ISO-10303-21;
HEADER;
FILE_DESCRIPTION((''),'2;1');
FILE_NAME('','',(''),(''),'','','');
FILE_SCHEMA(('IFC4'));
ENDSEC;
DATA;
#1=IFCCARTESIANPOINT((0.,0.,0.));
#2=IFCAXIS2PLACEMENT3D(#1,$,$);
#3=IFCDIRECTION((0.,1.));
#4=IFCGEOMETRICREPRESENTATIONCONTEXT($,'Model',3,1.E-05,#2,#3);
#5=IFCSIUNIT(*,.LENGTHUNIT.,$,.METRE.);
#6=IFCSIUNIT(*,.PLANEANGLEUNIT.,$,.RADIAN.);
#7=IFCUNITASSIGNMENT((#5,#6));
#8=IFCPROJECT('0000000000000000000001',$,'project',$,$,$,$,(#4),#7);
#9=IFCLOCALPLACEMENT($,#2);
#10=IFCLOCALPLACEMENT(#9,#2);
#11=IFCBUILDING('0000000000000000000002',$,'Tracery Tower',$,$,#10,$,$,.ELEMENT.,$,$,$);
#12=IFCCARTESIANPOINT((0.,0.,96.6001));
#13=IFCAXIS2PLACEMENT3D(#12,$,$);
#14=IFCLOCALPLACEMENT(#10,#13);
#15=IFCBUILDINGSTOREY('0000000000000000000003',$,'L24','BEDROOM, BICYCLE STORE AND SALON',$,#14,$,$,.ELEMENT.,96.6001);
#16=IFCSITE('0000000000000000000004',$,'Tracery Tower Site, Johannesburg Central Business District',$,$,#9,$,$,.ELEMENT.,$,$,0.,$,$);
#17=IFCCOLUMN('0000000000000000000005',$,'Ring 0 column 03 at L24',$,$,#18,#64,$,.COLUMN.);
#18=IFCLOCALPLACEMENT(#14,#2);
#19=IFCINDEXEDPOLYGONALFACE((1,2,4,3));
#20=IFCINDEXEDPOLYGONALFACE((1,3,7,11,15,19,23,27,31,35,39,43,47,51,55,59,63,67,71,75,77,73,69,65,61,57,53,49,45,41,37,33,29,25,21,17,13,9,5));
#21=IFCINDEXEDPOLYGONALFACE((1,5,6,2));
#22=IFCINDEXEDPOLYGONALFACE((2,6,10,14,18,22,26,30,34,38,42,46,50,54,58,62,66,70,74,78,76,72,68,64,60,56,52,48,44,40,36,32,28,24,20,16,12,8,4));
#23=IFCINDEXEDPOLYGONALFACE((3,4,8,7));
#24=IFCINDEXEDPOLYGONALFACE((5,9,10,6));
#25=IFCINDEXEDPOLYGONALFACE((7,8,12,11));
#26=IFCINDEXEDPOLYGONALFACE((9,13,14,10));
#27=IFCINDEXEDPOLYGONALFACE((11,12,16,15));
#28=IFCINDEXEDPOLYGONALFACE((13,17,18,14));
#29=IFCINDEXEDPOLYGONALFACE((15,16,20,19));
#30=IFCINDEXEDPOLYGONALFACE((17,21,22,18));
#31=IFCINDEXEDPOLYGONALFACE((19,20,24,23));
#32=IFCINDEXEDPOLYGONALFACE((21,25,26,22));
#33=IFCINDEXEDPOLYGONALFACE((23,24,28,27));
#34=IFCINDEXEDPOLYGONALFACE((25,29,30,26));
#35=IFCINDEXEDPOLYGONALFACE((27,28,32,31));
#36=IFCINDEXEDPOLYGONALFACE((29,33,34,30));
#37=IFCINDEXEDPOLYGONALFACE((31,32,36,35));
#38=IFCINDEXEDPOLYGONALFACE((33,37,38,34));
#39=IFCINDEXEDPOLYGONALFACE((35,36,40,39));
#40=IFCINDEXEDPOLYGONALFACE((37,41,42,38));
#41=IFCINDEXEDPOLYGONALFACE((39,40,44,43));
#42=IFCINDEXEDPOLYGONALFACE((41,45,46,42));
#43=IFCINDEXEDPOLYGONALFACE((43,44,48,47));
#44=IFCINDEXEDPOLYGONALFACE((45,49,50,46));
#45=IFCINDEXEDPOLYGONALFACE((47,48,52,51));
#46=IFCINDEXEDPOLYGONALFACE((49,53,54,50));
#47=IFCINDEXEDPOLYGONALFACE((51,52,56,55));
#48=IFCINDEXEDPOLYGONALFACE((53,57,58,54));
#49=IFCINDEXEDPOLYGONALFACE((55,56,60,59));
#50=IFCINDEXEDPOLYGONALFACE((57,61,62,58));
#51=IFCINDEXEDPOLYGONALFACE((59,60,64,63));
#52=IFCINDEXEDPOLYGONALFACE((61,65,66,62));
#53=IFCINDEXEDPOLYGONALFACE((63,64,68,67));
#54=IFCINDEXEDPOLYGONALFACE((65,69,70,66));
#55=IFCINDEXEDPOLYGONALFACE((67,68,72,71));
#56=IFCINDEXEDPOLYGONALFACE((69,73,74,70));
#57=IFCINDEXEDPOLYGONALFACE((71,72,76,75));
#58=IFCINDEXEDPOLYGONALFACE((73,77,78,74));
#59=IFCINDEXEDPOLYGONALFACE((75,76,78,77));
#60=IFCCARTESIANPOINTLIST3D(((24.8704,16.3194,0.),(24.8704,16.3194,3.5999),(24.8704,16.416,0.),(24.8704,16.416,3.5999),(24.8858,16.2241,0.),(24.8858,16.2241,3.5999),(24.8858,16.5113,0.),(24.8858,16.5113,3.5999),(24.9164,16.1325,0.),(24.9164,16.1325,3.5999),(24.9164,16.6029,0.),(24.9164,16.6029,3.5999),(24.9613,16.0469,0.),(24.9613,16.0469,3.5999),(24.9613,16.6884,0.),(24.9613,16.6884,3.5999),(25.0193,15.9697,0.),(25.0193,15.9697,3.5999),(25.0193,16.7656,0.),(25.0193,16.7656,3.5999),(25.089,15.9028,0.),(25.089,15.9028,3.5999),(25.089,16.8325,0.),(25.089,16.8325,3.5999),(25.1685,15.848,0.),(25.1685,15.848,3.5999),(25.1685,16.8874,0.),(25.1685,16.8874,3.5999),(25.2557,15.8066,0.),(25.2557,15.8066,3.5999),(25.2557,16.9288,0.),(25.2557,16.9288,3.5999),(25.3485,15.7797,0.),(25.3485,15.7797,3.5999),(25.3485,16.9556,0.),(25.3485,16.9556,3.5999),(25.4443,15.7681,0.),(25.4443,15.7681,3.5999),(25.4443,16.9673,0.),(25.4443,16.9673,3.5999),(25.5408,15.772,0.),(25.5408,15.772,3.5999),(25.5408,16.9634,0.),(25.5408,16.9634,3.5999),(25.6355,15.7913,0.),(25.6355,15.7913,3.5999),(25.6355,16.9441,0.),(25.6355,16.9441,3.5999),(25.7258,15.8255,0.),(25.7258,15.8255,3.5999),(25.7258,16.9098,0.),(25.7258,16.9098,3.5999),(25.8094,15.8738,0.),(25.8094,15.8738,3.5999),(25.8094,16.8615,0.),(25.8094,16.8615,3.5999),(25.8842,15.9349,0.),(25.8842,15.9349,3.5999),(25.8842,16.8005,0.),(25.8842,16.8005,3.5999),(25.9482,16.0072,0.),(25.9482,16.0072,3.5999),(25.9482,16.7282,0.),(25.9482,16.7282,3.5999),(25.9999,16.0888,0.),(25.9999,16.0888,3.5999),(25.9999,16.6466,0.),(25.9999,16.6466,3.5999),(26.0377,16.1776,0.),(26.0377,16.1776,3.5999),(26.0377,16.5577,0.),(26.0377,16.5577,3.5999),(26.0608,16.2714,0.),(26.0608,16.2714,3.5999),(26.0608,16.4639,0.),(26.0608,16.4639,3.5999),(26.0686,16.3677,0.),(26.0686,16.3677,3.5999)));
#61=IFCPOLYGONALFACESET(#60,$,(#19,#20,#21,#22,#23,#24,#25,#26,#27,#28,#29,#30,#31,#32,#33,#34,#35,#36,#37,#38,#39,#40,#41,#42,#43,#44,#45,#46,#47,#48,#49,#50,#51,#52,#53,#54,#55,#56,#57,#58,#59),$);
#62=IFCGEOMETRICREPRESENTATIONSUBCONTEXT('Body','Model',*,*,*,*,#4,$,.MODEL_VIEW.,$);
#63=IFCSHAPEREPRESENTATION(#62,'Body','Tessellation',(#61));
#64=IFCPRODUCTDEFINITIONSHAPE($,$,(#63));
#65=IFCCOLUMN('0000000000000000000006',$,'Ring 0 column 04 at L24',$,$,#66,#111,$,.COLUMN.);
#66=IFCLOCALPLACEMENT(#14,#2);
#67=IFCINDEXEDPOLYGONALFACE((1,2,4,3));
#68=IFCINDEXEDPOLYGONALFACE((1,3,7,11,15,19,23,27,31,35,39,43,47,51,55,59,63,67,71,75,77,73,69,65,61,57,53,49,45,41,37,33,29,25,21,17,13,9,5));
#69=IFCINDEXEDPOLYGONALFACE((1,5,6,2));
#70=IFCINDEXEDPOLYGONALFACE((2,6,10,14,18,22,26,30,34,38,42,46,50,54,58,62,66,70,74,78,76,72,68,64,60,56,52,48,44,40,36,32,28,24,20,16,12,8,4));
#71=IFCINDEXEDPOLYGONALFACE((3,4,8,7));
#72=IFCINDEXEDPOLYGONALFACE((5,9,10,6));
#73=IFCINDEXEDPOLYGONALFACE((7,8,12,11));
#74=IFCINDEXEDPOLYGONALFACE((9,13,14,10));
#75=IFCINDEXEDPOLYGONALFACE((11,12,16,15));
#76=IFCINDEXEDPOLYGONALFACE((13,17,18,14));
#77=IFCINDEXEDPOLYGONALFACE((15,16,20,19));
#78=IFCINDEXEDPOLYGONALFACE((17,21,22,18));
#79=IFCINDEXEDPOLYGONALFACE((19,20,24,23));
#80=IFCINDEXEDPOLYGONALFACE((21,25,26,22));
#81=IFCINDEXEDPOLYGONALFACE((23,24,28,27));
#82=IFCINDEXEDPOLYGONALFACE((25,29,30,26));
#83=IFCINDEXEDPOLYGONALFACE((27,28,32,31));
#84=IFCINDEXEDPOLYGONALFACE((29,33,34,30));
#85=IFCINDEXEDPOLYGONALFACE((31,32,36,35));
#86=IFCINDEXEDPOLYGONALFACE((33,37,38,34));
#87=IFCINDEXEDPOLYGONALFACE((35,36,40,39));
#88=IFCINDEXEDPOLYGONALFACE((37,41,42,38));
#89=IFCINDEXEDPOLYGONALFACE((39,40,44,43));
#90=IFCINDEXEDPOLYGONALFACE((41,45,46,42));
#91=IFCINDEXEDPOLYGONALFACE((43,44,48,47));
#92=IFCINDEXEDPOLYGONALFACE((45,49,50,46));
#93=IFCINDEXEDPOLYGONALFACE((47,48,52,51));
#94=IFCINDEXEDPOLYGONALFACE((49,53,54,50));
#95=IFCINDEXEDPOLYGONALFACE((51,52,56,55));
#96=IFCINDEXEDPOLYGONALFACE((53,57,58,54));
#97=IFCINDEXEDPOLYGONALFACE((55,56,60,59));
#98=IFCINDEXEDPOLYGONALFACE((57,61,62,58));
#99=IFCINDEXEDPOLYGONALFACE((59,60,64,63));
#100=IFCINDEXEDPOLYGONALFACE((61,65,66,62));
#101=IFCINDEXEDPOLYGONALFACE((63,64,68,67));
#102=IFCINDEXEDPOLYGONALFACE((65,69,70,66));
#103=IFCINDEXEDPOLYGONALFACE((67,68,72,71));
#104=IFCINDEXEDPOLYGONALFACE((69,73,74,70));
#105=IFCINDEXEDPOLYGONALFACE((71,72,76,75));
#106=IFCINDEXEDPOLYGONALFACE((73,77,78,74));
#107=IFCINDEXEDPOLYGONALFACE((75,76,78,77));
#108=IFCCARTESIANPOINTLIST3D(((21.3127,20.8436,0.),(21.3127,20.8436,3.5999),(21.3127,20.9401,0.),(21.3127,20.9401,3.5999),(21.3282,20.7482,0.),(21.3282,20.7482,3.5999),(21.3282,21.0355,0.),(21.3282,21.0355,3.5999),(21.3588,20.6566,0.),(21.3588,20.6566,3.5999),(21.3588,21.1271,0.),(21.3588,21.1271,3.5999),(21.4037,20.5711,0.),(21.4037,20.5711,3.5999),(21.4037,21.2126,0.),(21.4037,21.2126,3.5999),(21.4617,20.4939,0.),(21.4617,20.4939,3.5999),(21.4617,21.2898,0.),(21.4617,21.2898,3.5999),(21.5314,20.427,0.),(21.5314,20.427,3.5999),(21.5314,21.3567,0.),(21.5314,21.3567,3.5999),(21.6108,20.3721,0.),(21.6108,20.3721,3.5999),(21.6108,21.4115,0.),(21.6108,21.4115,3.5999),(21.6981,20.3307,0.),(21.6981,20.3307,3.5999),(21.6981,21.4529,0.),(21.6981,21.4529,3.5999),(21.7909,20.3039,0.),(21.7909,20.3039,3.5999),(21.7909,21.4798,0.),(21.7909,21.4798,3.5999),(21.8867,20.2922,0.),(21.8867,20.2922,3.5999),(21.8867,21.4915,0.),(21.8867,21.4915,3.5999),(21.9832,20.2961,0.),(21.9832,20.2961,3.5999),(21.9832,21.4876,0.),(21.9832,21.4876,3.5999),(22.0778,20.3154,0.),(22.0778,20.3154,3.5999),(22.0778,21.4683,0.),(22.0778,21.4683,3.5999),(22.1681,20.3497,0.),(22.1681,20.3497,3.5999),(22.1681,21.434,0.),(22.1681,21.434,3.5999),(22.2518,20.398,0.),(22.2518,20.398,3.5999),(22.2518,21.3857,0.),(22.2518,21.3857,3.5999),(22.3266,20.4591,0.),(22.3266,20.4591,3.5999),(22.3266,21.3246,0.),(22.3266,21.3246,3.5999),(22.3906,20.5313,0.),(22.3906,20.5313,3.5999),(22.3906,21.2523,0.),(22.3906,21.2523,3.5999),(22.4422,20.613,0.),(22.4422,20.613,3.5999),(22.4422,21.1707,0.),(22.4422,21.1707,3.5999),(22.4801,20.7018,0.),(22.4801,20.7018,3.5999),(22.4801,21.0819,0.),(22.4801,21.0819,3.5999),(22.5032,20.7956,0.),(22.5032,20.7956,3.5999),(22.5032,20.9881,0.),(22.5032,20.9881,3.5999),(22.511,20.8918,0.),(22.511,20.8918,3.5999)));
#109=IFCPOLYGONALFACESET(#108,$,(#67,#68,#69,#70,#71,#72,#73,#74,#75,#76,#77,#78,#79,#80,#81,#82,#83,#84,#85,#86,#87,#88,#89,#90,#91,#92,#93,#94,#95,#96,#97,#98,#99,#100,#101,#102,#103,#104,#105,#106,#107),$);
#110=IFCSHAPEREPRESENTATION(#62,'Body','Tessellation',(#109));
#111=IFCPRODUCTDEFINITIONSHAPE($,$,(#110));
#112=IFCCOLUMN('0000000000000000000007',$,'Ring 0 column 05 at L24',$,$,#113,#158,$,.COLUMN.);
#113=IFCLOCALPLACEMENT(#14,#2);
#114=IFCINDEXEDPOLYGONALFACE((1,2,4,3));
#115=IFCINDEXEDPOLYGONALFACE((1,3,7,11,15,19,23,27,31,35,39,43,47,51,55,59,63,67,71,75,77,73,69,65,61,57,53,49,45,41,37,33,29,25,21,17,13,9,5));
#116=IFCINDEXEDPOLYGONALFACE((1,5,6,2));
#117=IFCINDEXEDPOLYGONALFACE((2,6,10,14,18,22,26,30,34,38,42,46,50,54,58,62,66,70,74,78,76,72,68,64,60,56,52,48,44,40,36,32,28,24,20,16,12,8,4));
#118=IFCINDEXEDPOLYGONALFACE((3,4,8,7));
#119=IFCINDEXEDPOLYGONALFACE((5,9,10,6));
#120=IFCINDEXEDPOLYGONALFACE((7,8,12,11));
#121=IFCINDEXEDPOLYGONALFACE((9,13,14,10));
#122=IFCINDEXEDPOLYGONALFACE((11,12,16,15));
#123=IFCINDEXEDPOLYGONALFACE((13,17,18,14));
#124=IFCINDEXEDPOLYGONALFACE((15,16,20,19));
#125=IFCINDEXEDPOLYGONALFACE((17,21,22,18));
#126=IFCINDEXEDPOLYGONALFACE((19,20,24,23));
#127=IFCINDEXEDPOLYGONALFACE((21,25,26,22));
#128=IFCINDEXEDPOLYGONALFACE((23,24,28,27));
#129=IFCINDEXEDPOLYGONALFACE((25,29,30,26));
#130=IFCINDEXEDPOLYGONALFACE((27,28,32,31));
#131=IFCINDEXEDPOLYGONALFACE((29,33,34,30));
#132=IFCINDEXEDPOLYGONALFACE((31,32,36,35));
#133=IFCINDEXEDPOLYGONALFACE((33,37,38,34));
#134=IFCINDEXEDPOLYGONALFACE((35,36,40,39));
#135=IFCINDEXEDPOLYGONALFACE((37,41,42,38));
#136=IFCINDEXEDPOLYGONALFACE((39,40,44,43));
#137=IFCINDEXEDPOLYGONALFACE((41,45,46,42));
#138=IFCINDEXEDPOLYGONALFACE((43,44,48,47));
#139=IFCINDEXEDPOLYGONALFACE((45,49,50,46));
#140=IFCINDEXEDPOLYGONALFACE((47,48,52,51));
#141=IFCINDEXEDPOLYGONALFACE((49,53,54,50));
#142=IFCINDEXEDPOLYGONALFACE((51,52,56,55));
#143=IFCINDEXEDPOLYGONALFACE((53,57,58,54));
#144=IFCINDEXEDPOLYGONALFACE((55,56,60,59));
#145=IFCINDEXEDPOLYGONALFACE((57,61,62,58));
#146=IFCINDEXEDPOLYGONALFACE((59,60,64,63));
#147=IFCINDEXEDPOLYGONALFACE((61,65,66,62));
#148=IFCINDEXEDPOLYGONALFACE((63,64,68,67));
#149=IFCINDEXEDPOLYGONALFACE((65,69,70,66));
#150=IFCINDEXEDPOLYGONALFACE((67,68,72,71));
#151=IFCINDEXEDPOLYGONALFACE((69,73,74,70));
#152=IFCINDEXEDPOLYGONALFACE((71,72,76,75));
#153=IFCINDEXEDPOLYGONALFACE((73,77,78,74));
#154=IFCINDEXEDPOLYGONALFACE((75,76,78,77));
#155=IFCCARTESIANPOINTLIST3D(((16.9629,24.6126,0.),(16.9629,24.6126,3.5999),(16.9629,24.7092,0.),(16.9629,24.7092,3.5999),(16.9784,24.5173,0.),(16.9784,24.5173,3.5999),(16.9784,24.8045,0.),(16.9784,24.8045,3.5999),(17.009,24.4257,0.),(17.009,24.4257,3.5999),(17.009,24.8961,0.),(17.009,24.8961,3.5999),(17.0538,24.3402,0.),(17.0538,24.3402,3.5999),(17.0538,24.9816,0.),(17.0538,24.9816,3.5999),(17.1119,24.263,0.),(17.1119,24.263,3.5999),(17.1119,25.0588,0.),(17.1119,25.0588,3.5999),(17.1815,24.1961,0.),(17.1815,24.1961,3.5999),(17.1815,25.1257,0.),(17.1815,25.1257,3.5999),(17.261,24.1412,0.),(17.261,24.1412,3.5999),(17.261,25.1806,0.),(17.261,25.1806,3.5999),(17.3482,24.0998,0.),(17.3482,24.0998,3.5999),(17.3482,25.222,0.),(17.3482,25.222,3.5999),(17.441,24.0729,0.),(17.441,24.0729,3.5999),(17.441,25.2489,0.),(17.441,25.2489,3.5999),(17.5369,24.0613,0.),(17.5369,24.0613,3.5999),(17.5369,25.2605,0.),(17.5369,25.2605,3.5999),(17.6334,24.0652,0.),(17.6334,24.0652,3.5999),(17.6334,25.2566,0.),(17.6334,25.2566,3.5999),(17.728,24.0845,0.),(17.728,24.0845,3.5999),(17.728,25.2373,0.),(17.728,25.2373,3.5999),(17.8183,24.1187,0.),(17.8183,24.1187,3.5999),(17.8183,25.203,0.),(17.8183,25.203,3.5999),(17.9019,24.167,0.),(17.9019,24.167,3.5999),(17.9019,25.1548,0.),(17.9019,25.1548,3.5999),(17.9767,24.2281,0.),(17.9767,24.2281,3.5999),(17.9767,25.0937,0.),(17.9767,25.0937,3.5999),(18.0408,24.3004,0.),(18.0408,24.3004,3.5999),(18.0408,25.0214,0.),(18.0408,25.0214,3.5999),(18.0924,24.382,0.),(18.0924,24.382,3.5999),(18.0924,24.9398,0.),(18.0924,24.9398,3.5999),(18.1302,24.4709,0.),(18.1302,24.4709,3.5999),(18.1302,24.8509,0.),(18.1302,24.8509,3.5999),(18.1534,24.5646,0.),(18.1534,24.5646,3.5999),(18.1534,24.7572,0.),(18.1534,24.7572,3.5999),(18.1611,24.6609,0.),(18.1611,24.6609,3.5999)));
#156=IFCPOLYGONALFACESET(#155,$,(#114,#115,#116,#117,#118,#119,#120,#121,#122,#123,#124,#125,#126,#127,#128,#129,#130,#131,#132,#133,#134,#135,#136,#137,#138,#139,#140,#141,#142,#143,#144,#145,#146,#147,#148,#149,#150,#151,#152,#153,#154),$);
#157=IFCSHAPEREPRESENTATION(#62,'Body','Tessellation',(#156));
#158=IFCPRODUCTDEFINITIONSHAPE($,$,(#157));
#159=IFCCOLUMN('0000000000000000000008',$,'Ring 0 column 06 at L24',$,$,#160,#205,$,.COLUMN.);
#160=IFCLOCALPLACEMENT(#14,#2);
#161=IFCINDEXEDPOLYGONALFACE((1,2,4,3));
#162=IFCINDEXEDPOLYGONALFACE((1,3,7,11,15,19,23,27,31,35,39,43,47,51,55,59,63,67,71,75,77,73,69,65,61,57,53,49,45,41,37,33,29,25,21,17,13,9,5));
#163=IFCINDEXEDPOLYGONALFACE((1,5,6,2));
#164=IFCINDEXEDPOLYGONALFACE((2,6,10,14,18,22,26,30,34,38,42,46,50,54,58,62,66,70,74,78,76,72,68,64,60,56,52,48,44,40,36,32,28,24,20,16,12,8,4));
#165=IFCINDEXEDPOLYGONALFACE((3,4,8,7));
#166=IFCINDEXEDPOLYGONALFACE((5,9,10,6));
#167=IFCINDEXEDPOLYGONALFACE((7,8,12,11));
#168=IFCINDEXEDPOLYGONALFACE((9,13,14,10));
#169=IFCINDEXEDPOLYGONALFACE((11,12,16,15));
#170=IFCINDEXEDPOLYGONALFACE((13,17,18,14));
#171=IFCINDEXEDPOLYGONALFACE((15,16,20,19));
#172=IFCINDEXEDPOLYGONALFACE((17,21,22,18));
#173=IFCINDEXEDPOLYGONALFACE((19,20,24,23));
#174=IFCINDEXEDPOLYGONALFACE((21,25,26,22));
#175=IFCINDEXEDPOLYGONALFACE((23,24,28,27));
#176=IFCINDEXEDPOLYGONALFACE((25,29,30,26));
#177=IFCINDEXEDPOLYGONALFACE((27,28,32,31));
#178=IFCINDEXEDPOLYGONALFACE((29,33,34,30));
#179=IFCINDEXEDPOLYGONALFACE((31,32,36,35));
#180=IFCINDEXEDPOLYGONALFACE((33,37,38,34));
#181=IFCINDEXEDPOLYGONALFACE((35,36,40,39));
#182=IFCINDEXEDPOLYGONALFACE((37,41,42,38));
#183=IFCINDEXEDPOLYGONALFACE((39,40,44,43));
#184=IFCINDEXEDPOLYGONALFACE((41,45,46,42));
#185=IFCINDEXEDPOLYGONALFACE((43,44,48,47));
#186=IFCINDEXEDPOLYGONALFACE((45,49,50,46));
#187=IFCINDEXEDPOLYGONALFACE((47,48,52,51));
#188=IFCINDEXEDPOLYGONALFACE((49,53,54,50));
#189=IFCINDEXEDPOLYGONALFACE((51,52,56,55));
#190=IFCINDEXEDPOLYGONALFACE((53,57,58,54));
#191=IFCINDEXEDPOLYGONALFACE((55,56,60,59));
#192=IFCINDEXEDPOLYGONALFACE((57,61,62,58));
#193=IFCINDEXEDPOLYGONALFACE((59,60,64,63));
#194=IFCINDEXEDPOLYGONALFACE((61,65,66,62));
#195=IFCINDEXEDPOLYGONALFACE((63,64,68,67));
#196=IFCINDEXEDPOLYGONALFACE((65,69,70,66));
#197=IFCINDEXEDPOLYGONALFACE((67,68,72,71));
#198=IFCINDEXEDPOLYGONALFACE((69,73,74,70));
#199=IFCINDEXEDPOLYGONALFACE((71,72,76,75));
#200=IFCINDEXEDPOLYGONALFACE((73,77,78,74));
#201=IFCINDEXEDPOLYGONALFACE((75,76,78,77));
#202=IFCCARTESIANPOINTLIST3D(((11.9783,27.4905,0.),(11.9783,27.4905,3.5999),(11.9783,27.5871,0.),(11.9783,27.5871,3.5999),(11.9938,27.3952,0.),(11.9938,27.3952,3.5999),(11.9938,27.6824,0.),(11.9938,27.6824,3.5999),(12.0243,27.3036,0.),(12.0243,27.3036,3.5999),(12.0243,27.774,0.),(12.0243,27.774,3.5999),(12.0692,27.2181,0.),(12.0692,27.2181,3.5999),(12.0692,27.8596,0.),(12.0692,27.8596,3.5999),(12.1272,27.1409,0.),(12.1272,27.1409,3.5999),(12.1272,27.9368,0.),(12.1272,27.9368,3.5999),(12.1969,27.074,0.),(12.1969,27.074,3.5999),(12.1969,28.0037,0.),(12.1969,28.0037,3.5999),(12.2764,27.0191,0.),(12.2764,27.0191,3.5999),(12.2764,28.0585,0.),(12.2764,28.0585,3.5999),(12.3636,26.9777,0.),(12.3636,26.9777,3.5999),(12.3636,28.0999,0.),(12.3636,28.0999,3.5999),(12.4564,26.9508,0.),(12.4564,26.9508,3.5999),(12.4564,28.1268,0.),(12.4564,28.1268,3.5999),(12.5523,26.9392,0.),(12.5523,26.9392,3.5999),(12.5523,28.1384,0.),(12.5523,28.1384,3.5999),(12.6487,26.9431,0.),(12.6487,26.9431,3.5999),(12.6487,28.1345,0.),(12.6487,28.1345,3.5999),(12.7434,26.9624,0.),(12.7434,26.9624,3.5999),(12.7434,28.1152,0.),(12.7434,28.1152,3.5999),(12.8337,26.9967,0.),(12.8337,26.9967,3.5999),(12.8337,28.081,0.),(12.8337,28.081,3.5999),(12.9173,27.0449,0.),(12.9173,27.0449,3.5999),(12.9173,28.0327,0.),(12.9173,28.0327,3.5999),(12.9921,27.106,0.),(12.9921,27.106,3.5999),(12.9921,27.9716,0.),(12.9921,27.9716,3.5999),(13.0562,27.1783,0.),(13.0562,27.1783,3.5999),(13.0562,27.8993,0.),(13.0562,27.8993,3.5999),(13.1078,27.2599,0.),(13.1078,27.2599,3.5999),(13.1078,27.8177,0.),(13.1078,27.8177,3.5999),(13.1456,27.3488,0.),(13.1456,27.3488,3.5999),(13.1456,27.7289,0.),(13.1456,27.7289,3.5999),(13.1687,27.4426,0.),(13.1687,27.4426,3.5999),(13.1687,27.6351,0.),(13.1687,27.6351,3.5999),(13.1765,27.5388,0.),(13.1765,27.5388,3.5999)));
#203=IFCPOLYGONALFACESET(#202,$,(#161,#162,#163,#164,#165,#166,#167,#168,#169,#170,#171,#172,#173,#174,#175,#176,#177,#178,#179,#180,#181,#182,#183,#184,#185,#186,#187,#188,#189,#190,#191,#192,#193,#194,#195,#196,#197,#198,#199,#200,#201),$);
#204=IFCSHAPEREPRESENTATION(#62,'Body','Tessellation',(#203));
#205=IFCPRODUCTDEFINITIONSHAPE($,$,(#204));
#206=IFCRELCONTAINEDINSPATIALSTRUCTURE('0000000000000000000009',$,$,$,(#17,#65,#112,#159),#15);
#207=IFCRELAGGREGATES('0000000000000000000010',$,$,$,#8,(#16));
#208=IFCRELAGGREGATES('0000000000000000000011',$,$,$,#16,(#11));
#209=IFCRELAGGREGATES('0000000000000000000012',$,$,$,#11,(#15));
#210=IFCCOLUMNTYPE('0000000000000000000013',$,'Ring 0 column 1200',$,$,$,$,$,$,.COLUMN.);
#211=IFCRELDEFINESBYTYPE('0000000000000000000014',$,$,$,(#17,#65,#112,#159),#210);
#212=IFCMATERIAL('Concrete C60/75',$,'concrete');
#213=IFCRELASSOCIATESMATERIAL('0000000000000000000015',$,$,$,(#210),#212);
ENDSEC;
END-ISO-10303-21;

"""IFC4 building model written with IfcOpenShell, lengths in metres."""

from ifc_helpers import new_model, si_unit, direction, frame, origin, origin_2d, place, context, subcontext, project, spatial, circle, extrude, material, material_profile, profile_set, type_object, element, save


model = new_model("IFC4")

# Units and contexts
model_context = context("Model", 3, precision=1e-05, world=origin(), true_north=direction((0.0, 1.0)))
body_context = subcontext(model_context, "Body", "Model", "MODEL_VIEW")
ifc_project = project(units=[si_unit("LENGTHUNIT", "METRE"), si_unit("PLANEANGLEUNIT", "RADIAN")], contexts=[model_context])

# Site, building, storey
site_placement = place(None, origin())
site = spatial("IfcSite", under=ifc_project, at=site_placement, Name="Tracery Tower Site, Johannesburg Central Business District", CompositionType="ELEMENT", RefElevation=0.0)
building_placement = place(site_placement, origin())
building = spatial("IfcBuilding", under=site, at=building_placement, Name="Tracery Tower", CompositionType="ELEMENT")
storey_placement = place(building_placement, frame((0.0, 0.0, 96.6001)))
storey = spatial("IfcBuildingStorey", under=building, at=storey_placement, Name="L24", Description="BEDROOM, BICYCLE STORE AND SALON", CompositionType="ELEMENT", Elevation=96.6001)

# Columns
ifc_material_1 = material(Name="Concrete C60/75", Category="concrete")
ifc_material_profile_1 = material_profile(ifc_material_1, circle(Radius=0.6001, at=origin_2d()), Name="RC D1200")
ifc_profile_set_1 = profile_set([ifc_material_profile_1], Name="Concrete C60/75")
column_type_1 = type_object("IfcColumnType", Name="Ring 0 column 1200", PredefinedType="COLUMN", material=ifc_profile_set_1)
for number, where, z_axis, x_axis, name in (
    (1, (25.4685, 16.3677, 0.0), (0.0, 0.0, 1.0), (1.0, 0.0, 0.0), "Ring 0 column 03 at L24"),
    (2, (21.9109, 20.8918, 0.0), (0.0, 0.0, 1.0), (1.0, 0.0, 0.0), "Ring 0 column 04 at L24"),
    (3, (17.561, 24.6609, 0.0), (0.0, 0.0, 1.0), (1.0, 0.0, 0.0), "Ring 0 column 05 at L24"),
    (4, (12.5764, 27.5388, 0.0), (0.0, 0.0, 1.0), (1.0, 0.0, 0.0), "Ring 0 column 06 at L24"),
):
    element("IfcColumn", number, at=place(storey_placement, frame(where, z_axis=z_axis, x_axis=x_axis)), inside=storey, type_object=column_type_1, Name=name, PredefinedType="COLUMN", context=body_context, shape_type="SweptSolid", body=[
        extrude(circle(Radius=0.6001, at=origin_2d()), origin(), (0.0, 0.0, 1.0), 3.5999),
    ])

save(model, "model.ifc")
